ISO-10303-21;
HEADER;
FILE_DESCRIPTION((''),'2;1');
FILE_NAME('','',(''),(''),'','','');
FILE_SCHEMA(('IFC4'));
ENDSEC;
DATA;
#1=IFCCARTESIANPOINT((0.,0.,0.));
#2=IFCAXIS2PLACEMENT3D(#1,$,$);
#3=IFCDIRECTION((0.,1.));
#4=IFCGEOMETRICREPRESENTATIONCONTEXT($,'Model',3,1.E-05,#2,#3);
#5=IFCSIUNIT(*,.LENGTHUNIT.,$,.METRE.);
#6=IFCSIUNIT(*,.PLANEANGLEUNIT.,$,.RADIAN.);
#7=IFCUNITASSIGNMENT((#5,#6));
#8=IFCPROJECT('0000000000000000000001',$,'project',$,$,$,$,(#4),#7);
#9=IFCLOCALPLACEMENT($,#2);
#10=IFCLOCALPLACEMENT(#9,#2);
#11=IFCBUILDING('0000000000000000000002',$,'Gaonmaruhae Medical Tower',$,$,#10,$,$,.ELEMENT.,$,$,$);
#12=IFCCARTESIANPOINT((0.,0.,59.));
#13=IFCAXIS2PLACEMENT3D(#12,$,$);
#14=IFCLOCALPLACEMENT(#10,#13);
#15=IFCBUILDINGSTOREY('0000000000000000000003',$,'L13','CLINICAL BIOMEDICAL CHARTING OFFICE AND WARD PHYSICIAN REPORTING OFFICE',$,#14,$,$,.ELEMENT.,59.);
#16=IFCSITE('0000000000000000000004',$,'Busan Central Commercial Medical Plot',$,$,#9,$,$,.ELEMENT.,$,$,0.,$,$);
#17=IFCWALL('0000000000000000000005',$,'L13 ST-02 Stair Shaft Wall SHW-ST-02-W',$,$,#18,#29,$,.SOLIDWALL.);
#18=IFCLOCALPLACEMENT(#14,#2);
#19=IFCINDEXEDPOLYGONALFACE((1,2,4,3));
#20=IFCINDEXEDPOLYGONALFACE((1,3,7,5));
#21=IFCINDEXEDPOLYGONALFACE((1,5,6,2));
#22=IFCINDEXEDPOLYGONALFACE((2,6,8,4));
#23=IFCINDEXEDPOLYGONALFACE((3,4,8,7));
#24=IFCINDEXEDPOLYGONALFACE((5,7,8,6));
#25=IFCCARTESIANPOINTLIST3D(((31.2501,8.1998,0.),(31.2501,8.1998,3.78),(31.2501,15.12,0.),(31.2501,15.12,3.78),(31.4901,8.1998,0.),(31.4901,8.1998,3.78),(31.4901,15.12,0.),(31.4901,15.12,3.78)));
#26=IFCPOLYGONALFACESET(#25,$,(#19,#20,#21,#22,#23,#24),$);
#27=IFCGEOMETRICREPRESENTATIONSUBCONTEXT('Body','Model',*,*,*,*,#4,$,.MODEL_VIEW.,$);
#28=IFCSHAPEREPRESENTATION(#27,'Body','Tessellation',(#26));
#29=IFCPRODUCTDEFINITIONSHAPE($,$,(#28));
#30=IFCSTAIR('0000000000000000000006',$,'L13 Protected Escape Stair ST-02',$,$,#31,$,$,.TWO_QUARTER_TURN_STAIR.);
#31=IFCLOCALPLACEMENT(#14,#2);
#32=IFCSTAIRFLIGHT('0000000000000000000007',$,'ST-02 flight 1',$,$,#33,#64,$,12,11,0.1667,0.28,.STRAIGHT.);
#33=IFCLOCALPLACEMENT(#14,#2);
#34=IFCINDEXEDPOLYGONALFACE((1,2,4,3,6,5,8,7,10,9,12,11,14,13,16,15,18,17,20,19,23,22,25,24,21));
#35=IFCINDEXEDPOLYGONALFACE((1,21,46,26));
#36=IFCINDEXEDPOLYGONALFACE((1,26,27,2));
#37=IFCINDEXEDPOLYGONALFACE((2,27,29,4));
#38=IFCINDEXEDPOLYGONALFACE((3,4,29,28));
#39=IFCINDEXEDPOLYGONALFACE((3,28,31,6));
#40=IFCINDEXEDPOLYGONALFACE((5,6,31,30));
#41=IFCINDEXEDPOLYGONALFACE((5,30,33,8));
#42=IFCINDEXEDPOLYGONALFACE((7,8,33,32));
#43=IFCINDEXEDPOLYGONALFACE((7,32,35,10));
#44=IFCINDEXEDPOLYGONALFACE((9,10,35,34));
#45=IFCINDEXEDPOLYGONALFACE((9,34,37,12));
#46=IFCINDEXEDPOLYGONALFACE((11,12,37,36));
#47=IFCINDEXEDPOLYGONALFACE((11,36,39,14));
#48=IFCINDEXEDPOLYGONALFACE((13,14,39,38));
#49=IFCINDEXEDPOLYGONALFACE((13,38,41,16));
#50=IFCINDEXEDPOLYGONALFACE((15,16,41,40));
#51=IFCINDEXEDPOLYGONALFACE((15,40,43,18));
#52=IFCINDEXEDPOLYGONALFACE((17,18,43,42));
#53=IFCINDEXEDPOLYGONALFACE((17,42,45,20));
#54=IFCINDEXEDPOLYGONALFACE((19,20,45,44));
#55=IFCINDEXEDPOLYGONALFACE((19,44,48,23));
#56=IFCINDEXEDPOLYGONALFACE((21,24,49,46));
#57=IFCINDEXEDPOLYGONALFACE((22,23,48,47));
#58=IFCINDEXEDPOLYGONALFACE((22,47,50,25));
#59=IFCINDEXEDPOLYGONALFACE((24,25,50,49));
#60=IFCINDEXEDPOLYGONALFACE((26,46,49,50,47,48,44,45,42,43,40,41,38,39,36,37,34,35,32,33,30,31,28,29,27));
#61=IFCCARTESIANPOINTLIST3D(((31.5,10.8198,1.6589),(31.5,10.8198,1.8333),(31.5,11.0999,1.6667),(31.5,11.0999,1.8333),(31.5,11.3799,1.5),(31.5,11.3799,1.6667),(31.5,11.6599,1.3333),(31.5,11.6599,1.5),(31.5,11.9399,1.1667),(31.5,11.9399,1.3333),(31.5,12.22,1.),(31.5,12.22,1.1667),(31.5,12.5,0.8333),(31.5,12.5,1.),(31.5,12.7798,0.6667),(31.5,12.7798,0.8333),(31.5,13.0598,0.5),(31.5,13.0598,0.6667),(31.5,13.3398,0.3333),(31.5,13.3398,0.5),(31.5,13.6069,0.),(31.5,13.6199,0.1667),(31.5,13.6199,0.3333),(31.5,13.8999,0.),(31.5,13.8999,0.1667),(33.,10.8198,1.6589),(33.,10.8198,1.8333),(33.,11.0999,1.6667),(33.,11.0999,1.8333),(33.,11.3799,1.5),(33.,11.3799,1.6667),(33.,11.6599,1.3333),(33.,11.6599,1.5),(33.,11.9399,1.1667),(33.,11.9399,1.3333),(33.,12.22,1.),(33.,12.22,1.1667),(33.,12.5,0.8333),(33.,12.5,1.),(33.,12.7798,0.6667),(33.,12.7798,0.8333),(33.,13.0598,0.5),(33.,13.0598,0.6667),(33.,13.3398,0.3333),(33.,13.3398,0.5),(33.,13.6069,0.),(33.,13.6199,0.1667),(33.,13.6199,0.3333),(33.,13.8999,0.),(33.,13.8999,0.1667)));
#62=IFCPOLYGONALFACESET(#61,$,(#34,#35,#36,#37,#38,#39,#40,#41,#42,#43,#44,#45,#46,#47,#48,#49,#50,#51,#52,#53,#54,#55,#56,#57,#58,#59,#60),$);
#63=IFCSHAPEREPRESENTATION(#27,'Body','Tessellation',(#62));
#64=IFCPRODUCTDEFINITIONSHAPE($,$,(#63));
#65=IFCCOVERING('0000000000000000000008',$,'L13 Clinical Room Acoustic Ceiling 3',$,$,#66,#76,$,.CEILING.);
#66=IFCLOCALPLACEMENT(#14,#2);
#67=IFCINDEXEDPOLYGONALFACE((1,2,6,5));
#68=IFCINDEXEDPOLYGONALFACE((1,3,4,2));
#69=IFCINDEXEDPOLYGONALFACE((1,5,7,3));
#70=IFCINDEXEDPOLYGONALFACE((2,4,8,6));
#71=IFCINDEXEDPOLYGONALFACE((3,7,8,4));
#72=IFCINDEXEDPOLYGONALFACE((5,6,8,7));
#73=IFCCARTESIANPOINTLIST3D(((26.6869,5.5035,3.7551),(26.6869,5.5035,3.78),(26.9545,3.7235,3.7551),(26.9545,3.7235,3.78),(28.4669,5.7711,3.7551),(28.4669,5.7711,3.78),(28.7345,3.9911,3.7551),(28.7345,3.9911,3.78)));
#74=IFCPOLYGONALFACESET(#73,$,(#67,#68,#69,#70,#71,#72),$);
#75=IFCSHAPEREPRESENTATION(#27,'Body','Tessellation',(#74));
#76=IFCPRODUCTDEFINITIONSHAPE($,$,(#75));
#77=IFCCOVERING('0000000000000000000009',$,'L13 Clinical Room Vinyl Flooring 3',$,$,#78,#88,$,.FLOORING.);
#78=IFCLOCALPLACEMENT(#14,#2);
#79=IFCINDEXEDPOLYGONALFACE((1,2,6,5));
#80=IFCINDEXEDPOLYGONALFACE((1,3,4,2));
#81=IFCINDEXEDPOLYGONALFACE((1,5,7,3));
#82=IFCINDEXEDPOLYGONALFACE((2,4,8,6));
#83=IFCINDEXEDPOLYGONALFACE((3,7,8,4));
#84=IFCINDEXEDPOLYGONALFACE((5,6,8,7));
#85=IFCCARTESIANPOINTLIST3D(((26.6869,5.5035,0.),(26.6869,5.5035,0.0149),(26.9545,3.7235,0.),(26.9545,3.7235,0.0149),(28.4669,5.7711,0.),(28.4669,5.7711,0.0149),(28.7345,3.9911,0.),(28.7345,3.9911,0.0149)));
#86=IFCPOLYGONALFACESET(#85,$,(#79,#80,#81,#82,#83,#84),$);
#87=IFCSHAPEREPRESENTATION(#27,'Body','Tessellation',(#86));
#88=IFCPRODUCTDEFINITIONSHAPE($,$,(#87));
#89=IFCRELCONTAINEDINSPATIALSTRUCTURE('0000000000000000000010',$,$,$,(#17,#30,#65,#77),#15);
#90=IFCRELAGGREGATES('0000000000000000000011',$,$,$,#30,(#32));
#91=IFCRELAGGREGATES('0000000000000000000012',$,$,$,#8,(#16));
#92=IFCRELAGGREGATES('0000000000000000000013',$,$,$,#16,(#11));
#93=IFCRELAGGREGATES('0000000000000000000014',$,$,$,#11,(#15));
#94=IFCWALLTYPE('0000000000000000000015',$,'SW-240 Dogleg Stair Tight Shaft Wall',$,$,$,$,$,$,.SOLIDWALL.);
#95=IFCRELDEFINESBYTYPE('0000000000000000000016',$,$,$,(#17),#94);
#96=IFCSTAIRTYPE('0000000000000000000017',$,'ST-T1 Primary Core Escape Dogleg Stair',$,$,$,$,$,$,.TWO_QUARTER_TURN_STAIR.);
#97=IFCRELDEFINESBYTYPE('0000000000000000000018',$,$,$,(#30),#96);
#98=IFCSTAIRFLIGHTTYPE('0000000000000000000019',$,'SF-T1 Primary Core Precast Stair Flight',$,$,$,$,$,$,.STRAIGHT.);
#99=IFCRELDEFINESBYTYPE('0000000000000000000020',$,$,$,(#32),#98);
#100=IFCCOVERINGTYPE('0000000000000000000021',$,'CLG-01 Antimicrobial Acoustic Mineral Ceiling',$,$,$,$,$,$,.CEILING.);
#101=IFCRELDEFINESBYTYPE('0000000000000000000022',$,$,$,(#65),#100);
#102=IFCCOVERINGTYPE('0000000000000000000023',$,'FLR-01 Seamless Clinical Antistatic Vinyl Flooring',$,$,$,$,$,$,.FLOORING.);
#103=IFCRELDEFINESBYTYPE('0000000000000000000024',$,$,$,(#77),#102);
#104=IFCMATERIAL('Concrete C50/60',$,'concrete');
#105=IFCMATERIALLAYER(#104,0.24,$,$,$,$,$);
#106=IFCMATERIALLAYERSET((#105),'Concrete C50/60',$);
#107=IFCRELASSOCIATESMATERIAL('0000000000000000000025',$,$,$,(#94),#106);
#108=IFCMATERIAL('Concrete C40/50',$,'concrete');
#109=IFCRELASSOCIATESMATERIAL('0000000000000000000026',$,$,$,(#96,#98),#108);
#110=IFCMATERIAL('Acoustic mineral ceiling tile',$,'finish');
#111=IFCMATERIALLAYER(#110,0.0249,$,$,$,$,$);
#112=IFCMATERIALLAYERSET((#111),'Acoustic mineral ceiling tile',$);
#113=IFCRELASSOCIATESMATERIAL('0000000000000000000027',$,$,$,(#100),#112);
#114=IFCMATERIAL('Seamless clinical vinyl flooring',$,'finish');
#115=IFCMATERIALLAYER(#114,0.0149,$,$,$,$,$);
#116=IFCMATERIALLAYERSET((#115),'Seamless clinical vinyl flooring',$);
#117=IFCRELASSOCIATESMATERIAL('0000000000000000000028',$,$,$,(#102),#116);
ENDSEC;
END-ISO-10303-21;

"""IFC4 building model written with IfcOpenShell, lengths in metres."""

from ifc_helpers import new_model, si_unit, direction, frame, frame_2d, origin, origin_2d, place, context, subcontext, project, spatial, polyline, rectangle, outline, extrude, material, layer, layer_set, type_object, element, aggregate, save


model = new_model("IFC4")

# Units and contexts
model_context = context("Model", 3, precision=1e-05, world=origin(), true_north=direction((0.0, 1.0)))
body_context = subcontext(model_context, "Body", "Model", "MODEL_VIEW")
ifc_project = project(units=[si_unit("LENGTHUNIT", "METRE"), si_unit("PLANEANGLEUNIT", "RADIAN")], contexts=[model_context])

# Site, building, storey
site_placement = place(None, origin())
site = spatial("IfcSite", under=ifc_project, at=site_placement, Name="Busan Central Commercial Medical Plot", CompositionType="ELEMENT", RefElevation=0.0)
building_placement = place(site_placement, origin())
building = spatial("IfcBuilding", under=site, at=building_placement, Name="Gaonmaruhae Medical Tower", CompositionType="ELEMENT")
storey_placement = place(building_placement, frame((0.0, 0.0, 59.0)))
storey = spatial("IfcBuildingStorey", under=building, at=storey_placement, Name="L13", Description="CLINICAL BIOMEDICAL CHARTING OFFICE AND WARD PHYSICIAN REPORTING OFFICE", CompositionType="ELEMENT", Elevation=59.0)

# Wall
ifc_material_1 = material(Name="Concrete C50/60", Category="concrete")
ifc_layer_1 = layer(ifc_material_1, 0.24)
ifc_layer_set_1 = layer_set([ifc_layer_1], Name="Concrete C50/60")
wall_type_1 = type_object("IfcWallType", Name="SW-240 Dogleg Stair Tight Shaft Wall", PredefinedType="SOLIDWALL", material=ifc_layer_set_1)
wall_1_placement = place(storey_placement, frame((31.3701, 8.2, 0.0), z_axis=(0.0, 0.0, 1.0), x_axis=(0.0, 1.0, 0.0)))
element("IfcWall", 1, at=wall_1_placement, inside=storey, type_object=wall_type_1, Name="L13 ST-02 Stair Shaft Wall SHW-ST-02-W", PredefinedType="SOLIDWALL", context=body_context, shape_type="SweptSolid", body=[
    extrude(rectangle(XDim=6.9202, YDim=0.24, at=frame_2d((3.46, 0.0))), origin(), (0.0, 0.0, 1.0), 3.78),
])

# Stair, stair flight
ifc_material_2 = material(Name="Concrete C40/50", Category="concrete")
stair_type = type_object("IfcStairType", Name="ST-T1 Primary Core Escape Dogleg Stair", PredefinedType="TWO_QUARTER_TURN_STAIR", material=ifc_material_2)
stair_placement = place(storey_placement, origin())
stair = element("IfcStair", 2, at=stair_placement, inside=storey, type_object=stair_type, Name="L13 Protected Escape Stair ST-02", PredefinedType="TWO_QUARTER_TURN_STAIR")
stair_flight_type = type_object("IfcStairFlightType", Name="SF-T1 Primary Core Precast Stair Flight", PredefinedType="STRAIGHT", material=ifc_material_2)
stair_flight_placement = place(storey_placement, frame((32.25, 13.8999, 0.0), z_axis=(0.0, 0.0, 1.0), x_axis=(0.0, -1.0, 0.0)))
stair_flight = element("IfcStairFlight", 3, at=stair_flight_placement, type_object=stair_flight_type, Name="ST-02 flight 1", NumberOfRisers=12, NumberOfTreads=11, PredefinedType="STRAIGHT", RiserHeight=0.1667, TreadLength=0.28, context=body_context, shape_type="SweptSolid", body=[
    extrude(outline(polyline([(0.0, 0.0), (0.0, 0.1667), (0.28, 0.1667), (0.28, 0.3333), (0.5601, 0.3333), (0.5601, 0.5), (0.8401, 0.5), (0.8401, 0.6667), (1.1201, 0.6667), (1.1201, 0.8333), (1.3999, 0.8333), (1.3999, 1.0), (1.6799, 1.0), (1.6799, 1.1667), (1.96, 1.1667), (1.96, 1.3333), (2.24, 1.3333), (2.24, 1.5), (2.52, 1.5), (2.52, 1.6667), (2.8, 1.6667), (2.8, 1.8333), (3.0801, 1.8333), (3.0801, 2.0), (3.0801, 1.6589), (0.293, 0.0), (0.0, 0.0)])), frame((0.0, 0.75, 0.0), z_axis=(0.0, -1.0, 0.0), x_axis=(1.0, 0.0, 0.0)), (0.0, 0.0, 1.0), 1.5),
])
aggregate(stair, [stair_flight])

# Coverings
ifc_material_3 = material(Name="Acoustic mineral ceiling tile", Category="finish")
ifc_layer_2 = layer(ifc_material_3, 0.0249)
ifc_layer_set_2 = layer_set([ifc_layer_2], Name="Acoustic mineral ceiling tile")
covering_type_1 = type_object("IfcCoveringType", Name="CLG-01 Antimicrobial Acoustic Mineral Ceiling", PredefinedType="CEILING", material=ifc_layer_set_2)
covering_1_placement = place(storey_placement, frame((27.7107, 4.7473, 3.7551), z_axis=(0.0, 0.0, 1.0), x_axis=(0.988886, 0.148672, 0.0)))
element("IfcCovering", 4, at=covering_1_placement, inside=storey, type_object=covering_type_1, Name="L13 Clinical Room Acoustic Ceiling 3", PredefinedType="CEILING", context=body_context, shape_type="SweptSolid", body=[
    extrude(rectangle(XDim=1.8, YDim=1.8, at=origin_2d()), origin(), (0.0, 0.0, 1.0), 0.0249),
])
ifc_material_4 = material(Name="Seamless clinical vinyl flooring", Category="finish")
ifc_layer_3 = layer(ifc_material_4, 0.0149)
ifc_layer_set_3 = layer_set([ifc_layer_3], Name="Seamless clinical vinyl flooring")
covering_type_2 = type_object("IfcCoveringType", Name="FLR-01 Seamless Clinical Antistatic Vinyl Flooring", PredefinedType="FLOORING", material=ifc_layer_set_3)
covering_2_placement = place(storey_placement, frame((27.7107, 4.7473, 0.0), z_axis=(0.0, 0.0, 1.0), x_axis=(0.988886, 0.148672, 0.0)))
element("IfcCovering", 5, at=covering_2_placement, inside=storey, type_object=covering_type_2, Name="L13 Clinical Room Vinyl Flooring 3", PredefinedType="FLOORING", context=body_context, shape_type="SweptSolid", body=[
    extrude(rectangle(XDim=1.8, YDim=1.8, at=origin_2d()), origin(), (0.0, 0.0, 1.0), 0.0149),
])

save(model, "model.ifc")
